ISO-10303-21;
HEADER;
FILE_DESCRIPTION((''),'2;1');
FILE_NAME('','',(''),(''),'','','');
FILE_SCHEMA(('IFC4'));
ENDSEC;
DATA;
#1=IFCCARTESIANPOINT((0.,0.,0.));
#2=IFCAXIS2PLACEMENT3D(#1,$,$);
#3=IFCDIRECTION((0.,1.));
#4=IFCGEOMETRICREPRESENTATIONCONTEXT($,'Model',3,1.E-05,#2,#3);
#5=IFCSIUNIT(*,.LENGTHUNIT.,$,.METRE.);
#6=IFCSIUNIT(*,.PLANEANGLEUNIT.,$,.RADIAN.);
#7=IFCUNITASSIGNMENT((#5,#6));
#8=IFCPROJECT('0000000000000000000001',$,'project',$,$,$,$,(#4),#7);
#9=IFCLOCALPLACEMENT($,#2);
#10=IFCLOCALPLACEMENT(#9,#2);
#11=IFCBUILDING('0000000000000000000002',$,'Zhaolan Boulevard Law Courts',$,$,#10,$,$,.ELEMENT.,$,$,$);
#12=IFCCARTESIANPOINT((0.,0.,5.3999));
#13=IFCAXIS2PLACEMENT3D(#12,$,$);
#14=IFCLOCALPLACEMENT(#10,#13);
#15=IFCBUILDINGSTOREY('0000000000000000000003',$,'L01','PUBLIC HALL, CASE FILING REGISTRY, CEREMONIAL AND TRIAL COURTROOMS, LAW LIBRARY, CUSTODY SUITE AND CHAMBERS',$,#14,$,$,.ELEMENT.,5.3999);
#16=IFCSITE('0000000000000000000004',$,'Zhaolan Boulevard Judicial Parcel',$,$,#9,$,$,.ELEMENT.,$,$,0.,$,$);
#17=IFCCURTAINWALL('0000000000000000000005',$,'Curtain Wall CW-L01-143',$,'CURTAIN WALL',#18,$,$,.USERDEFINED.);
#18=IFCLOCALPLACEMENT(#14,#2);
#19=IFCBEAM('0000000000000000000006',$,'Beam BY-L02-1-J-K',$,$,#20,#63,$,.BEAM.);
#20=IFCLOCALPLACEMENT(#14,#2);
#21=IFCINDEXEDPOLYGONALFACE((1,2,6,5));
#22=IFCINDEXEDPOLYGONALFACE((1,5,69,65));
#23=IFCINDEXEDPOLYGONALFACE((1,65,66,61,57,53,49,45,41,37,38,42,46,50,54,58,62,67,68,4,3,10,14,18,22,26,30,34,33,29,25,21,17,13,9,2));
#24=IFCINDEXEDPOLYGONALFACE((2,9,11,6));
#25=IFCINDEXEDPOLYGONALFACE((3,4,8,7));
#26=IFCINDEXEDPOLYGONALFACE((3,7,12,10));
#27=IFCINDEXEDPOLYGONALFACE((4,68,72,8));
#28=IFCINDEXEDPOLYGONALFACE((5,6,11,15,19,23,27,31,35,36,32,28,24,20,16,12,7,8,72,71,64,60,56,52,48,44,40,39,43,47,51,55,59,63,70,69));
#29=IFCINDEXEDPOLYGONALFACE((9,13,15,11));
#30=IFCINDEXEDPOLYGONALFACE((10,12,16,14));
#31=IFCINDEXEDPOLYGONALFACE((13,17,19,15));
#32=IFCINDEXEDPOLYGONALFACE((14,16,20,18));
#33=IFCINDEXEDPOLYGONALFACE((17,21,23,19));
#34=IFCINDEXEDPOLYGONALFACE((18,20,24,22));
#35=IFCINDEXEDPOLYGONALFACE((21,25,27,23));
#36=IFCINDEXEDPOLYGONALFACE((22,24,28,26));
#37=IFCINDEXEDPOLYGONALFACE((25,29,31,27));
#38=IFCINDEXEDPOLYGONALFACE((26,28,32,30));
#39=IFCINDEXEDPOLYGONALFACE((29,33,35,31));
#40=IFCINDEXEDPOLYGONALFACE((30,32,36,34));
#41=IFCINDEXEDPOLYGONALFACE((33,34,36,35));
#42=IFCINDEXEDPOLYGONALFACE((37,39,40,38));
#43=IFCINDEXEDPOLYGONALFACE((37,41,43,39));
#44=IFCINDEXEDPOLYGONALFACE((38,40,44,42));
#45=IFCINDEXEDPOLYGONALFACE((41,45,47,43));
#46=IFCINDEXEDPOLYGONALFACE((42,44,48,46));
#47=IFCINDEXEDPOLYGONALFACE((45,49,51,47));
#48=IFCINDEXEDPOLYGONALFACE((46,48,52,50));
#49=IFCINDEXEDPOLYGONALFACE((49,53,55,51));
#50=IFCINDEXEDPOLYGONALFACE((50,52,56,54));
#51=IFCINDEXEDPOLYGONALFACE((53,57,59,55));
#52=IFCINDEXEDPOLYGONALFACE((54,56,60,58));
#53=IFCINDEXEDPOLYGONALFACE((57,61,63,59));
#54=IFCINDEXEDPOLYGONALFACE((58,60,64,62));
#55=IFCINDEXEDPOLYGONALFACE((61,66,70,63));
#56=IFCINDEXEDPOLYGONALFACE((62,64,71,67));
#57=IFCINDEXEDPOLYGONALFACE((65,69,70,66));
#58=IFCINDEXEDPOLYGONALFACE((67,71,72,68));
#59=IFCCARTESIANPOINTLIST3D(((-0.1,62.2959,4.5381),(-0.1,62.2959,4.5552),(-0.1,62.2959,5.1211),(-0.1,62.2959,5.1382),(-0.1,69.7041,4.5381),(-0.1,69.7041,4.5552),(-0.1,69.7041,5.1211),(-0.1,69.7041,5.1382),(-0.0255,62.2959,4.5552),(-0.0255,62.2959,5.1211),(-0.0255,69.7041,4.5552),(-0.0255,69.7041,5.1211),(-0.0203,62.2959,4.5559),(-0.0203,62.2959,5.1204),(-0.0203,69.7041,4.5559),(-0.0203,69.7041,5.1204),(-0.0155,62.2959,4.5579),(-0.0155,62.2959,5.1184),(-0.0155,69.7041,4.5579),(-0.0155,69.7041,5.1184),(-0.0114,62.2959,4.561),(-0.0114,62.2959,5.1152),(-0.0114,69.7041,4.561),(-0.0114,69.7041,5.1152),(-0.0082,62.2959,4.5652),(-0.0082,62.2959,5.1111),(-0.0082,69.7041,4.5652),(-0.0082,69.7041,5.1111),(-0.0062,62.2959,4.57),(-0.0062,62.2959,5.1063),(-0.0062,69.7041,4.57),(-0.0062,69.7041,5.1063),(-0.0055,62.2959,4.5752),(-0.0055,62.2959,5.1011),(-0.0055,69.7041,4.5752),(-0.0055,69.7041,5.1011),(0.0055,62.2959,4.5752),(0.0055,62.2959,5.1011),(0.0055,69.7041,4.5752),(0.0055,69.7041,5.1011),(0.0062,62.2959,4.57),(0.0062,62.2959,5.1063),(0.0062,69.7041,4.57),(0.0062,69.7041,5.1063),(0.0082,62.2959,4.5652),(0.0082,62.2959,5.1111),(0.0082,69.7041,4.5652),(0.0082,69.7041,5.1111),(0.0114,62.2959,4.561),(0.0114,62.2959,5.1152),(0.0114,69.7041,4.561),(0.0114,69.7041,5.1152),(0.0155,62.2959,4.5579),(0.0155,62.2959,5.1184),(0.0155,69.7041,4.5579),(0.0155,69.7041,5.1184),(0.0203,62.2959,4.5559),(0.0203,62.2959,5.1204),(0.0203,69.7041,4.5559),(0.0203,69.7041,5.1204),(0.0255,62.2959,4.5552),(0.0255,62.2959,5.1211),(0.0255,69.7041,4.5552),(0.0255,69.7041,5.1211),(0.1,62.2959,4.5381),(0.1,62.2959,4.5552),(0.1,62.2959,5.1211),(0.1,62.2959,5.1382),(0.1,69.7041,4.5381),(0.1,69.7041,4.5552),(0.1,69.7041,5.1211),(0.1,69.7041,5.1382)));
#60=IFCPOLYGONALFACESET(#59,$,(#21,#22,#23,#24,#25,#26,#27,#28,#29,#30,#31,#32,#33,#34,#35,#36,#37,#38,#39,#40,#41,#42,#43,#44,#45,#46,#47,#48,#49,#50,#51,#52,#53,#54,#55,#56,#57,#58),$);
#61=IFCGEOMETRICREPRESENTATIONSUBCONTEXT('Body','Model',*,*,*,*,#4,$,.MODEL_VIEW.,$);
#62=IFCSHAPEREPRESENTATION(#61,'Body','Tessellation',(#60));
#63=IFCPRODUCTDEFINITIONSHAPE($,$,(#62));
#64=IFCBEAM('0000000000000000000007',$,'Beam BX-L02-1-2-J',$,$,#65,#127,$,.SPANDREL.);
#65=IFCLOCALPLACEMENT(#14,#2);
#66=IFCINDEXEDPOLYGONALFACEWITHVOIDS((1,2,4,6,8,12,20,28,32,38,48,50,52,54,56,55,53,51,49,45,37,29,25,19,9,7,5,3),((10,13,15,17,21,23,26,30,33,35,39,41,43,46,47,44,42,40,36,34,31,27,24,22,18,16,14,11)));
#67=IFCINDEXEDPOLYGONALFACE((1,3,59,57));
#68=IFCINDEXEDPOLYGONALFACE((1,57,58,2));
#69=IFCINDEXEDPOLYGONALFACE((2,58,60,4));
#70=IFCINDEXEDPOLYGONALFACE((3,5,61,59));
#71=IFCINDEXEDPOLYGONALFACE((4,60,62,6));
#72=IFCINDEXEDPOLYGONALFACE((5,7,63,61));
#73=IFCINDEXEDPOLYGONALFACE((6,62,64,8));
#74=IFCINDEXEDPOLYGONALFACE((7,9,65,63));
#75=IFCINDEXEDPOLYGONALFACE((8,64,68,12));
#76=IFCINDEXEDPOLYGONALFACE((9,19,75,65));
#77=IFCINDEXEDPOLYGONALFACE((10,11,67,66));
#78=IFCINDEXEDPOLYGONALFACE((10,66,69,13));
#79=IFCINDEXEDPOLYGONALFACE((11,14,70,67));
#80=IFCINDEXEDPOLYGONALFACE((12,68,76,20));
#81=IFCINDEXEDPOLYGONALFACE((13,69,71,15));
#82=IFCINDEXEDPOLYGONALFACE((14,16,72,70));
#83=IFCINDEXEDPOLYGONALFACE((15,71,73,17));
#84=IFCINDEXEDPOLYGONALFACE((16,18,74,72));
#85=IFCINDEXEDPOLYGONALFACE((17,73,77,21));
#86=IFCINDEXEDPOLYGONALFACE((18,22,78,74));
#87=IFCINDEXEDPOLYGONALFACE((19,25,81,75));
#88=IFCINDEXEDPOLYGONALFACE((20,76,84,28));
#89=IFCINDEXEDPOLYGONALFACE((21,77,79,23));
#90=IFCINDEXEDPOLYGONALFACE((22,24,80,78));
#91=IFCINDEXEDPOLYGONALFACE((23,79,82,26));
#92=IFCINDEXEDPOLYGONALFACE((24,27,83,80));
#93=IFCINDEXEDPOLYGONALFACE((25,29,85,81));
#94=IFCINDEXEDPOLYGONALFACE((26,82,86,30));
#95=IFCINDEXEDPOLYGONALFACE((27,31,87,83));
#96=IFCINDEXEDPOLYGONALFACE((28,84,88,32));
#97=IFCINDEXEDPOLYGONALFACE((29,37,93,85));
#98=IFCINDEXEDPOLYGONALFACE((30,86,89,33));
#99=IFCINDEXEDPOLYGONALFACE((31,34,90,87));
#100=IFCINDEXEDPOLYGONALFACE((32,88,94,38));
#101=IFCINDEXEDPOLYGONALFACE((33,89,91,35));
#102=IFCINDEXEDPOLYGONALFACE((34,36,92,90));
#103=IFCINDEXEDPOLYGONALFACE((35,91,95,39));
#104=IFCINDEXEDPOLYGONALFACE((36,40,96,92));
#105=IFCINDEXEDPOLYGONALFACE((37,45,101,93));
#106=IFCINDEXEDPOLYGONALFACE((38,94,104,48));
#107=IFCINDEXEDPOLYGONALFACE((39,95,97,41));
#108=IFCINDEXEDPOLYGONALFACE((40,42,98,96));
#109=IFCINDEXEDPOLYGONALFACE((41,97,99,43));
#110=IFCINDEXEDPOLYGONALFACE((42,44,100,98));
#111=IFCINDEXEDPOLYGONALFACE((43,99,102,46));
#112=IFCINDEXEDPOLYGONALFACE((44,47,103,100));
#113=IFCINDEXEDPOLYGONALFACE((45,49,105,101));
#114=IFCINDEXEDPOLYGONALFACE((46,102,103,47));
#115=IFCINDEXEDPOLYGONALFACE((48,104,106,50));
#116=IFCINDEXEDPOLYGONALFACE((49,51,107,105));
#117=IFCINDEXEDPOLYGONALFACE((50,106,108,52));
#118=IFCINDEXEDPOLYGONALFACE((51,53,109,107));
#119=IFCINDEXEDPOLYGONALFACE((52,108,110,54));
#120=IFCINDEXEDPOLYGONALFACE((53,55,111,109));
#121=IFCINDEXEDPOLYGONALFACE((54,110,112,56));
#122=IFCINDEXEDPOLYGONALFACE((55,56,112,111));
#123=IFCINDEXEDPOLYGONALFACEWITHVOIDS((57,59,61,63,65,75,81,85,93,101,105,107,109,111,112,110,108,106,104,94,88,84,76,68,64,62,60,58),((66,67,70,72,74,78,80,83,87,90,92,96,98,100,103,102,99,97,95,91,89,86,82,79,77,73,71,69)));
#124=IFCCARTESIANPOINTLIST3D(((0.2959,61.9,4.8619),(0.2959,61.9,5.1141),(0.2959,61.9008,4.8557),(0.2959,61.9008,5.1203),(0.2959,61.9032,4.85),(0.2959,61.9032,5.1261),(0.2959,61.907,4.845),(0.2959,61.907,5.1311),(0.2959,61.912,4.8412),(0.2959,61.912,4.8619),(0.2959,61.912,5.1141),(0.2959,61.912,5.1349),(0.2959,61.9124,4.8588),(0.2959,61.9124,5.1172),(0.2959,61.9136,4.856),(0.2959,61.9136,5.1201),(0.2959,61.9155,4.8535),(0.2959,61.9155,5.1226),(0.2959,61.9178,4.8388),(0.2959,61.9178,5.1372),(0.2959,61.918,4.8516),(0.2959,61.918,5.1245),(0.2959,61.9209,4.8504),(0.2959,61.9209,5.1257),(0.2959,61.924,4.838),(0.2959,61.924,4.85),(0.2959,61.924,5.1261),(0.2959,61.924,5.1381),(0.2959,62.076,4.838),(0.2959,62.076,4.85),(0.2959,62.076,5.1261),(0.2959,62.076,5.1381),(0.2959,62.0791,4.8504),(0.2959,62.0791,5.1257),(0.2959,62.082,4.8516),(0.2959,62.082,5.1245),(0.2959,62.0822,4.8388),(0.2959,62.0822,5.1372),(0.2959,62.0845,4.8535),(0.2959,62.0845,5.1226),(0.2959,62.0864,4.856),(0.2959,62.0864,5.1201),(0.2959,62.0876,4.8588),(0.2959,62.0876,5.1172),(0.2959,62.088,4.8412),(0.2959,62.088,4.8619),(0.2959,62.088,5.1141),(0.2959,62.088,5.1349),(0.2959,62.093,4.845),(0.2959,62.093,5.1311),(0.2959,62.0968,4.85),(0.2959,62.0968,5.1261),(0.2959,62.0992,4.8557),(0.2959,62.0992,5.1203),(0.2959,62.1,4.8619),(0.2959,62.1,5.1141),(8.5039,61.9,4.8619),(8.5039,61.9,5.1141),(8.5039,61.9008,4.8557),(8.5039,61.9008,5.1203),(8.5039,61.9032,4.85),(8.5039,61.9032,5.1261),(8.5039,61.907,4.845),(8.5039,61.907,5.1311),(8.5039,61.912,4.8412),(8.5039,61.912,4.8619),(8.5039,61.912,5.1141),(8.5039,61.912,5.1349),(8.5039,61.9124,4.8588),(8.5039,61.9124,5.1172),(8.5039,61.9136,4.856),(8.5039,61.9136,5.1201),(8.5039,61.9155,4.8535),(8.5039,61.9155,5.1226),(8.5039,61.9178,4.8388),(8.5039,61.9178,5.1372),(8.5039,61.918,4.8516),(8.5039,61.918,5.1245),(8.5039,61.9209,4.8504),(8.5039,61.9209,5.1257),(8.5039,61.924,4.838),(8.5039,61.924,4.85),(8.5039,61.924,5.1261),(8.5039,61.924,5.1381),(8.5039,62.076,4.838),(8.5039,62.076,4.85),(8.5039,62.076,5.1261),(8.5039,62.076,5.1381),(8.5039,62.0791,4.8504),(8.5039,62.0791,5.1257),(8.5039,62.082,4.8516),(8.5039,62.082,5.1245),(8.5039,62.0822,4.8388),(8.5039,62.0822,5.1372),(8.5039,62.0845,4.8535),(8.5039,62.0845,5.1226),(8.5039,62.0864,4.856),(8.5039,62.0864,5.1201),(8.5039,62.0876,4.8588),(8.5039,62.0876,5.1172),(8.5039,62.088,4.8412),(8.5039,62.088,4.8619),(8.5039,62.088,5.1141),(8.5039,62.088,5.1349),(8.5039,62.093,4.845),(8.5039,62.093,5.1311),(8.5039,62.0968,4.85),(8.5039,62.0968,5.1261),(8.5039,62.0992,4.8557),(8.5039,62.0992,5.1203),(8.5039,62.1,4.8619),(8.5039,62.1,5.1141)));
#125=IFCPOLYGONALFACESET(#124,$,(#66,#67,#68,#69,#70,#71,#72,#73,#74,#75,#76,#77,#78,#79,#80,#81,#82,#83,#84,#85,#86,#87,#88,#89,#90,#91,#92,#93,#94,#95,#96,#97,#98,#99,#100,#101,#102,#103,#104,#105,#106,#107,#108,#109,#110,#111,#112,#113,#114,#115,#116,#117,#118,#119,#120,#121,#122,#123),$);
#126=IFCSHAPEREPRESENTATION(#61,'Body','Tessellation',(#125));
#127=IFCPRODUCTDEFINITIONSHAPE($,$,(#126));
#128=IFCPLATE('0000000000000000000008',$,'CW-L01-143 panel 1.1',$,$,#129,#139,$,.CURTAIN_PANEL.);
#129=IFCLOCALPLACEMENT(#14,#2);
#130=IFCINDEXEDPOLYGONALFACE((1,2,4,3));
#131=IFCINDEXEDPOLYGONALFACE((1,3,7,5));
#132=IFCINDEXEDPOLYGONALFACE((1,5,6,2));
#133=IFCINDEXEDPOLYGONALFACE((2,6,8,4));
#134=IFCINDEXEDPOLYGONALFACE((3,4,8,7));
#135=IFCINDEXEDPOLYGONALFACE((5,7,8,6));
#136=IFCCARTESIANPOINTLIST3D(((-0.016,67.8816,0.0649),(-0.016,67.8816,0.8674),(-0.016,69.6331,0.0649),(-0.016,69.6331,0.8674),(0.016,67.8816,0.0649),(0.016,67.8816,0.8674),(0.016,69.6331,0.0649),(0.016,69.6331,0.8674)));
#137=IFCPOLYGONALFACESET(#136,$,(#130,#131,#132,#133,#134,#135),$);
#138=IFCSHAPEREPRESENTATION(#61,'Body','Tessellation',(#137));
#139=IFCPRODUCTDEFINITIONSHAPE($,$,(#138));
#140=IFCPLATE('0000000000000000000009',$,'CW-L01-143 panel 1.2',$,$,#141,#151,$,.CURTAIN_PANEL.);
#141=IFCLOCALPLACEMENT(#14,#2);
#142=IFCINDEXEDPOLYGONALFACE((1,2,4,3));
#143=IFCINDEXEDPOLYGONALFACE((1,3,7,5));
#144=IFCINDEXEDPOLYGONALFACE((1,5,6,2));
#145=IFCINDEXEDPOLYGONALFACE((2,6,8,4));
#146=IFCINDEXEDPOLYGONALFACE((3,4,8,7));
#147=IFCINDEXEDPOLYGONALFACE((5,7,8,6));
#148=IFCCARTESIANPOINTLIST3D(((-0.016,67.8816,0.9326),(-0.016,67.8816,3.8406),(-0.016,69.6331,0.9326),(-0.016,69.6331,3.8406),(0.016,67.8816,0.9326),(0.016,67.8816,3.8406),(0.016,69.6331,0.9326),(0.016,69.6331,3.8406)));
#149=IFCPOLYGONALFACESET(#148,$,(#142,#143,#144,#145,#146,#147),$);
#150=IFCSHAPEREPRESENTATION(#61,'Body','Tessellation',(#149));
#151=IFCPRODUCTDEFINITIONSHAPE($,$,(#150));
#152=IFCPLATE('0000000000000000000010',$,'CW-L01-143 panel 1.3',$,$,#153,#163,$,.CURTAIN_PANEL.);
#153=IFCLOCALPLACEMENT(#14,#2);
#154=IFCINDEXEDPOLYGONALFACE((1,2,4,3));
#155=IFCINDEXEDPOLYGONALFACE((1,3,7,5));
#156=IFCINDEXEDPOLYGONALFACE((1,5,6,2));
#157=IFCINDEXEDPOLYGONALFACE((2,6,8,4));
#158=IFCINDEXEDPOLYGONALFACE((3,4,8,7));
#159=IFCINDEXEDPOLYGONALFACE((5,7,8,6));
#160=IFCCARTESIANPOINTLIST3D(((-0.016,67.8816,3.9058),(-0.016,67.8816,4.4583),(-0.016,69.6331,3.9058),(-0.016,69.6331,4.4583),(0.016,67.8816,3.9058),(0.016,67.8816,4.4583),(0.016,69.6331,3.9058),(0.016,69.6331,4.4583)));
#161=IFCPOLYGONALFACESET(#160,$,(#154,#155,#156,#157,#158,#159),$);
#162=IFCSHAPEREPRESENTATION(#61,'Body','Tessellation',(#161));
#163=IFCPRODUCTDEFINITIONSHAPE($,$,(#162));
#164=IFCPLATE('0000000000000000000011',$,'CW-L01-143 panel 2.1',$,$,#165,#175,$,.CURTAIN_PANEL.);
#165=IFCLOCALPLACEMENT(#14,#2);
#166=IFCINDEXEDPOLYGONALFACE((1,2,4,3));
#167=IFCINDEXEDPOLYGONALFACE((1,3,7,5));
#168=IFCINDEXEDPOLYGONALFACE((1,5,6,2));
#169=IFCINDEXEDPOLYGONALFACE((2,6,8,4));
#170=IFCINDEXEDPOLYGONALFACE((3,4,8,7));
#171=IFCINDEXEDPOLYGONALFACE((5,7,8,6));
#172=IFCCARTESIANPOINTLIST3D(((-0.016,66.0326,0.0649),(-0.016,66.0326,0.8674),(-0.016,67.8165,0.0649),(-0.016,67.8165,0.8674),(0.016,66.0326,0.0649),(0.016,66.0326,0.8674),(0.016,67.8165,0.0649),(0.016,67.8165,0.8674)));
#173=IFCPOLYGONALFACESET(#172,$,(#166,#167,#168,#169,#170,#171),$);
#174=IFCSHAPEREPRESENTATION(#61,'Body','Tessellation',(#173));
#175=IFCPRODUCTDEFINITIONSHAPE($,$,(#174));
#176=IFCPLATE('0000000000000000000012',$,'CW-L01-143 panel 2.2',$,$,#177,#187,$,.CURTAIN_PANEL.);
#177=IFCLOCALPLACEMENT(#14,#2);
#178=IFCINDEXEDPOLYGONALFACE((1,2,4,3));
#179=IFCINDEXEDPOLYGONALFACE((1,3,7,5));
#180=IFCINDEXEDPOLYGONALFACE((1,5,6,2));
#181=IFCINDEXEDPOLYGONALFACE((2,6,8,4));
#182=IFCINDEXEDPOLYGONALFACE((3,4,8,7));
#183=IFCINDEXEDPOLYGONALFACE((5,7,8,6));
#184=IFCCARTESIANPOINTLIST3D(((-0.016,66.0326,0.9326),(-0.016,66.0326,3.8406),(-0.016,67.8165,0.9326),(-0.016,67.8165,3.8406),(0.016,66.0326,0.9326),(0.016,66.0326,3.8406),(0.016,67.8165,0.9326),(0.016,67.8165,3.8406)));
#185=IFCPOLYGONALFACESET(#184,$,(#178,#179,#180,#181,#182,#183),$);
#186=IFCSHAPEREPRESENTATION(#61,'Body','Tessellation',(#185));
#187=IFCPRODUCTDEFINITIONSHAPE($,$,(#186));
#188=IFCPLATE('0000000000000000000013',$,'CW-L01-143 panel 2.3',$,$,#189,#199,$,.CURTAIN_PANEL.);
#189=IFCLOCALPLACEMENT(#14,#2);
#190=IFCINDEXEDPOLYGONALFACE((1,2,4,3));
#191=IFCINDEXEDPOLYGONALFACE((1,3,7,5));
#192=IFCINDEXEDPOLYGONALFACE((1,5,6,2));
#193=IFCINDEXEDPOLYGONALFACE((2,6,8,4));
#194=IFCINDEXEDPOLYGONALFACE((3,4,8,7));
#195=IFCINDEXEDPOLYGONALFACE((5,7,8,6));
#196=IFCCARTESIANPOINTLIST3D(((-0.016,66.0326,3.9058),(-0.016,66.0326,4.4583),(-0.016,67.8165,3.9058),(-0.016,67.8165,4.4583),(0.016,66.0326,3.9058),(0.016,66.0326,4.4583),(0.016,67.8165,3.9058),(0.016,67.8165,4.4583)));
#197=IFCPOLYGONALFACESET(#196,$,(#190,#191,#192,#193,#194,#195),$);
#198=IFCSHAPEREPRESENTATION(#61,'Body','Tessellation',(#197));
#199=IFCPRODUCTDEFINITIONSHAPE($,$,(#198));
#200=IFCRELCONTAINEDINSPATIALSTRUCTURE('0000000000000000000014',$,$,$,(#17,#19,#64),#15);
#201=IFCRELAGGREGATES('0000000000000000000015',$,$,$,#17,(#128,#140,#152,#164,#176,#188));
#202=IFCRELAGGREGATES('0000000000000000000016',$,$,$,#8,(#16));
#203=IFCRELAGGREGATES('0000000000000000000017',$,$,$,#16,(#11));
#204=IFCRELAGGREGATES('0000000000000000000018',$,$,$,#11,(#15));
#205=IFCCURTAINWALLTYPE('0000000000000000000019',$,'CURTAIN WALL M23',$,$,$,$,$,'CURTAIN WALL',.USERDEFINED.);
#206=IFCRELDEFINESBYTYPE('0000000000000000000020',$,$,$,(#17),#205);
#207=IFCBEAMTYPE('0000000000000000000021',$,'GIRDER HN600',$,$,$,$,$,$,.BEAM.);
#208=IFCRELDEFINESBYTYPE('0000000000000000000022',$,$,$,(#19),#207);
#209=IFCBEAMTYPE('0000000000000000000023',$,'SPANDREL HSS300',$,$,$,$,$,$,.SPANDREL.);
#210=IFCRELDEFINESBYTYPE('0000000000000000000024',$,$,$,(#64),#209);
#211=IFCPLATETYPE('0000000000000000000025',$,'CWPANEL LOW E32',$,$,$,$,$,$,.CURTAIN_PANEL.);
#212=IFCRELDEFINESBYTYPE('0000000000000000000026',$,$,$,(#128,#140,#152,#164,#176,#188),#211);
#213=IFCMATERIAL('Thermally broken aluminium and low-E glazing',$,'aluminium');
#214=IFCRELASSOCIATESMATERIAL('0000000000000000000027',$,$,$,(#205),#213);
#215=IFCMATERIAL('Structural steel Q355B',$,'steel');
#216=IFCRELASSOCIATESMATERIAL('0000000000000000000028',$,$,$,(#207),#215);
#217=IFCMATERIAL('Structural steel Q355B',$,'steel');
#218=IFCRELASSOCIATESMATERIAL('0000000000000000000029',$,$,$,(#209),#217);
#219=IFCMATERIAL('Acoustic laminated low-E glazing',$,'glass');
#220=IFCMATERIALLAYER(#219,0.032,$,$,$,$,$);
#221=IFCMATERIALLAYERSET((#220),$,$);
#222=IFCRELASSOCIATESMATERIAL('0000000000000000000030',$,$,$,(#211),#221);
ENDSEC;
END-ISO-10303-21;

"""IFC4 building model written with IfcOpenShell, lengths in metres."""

from ifc_helpers import new_model, si_unit, direction, frame, origin, origin_2d, place, context, subcontext, project, spatial, rectangle, hollow_rectangle, i_section, extrude, material, layer, layer_set, material_profile, profile_set, type_object, element, aggregate, save


model = new_model("IFC4")

# Units and contexts
model_context = context("Model", 3, precision=1e-05, world=origin(), true_north=direction((0.0, 1.0)))
body_context = subcontext(model_context, "Body", "Model", "MODEL_VIEW")
ifc_project = project(units=[si_unit("LENGTHUNIT", "METRE"), si_unit("PLANEANGLEUNIT", "RADIAN")], contexts=[model_context])

# Site, building, storey
site_placement = place(None, origin())
site = spatial("IfcSite", under=ifc_project, at=site_placement, Name="Zhaolan Boulevard Judicial Parcel", CompositionType="ELEMENT", RefElevation=0.0)
building_placement = place(site_placement, origin())
building = spatial("IfcBuilding", under=site, at=building_placement, Name="Zhaolan Boulevard Law Courts", CompositionType="ELEMENT")
storey_placement = place(building_placement, frame((0.0, 0.0, 5.3999)))
storey = spatial("IfcBuildingStorey", under=building, at=storey_placement, Name="L01", Description="PUBLIC HALL, CASE FILING REGISTRY, CEREMONIAL AND TRIAL COURTROOMS, LAW LIBRARY, CUSTODY SUITE AND CHAMBERS", CompositionType="ELEMENT", Elevation=5.3999)

# Curtain wall
ifc_material_1 = material(Name="Thermally broken aluminium and low-E glazing", Category="aluminium")
curtain_wall_type = type_object("IfcCurtainWallType", Name="CURTAIN WALL M23", ElementType="CURTAIN WALL", PredefinedType="USERDEFINED", material=ifc_material_1)
curtain_wall_placement = place(storey_placement, origin())
curtain_wall = element("IfcCurtainWall", 1, at=curtain_wall_placement, inside=storey, type_object=curtain_wall_type, Name="Curtain Wall CW-L01-143", ObjectType="CURTAIN WALL", PredefinedType="USERDEFINED")

# Beams
ifc_material_2 = material(Name="Structural steel Q355B", Category="steel")
ifc_material_profile_1 = material_profile(ifc_material_2, i_section(OverallWidth=0.2, OverallDepth=0.6001, WebThickness=0.011, FlangeThickness=0.0171, FilletRadius=0.02, at=origin_2d()), Name="HN600x200")
ifc_profile_set_1 = profile_set([ifc_material_profile_1], Name="Structural steel Q355B")
beam_type_1 = type_object("IfcBeamType", Name="GIRDER HN600", PredefinedType="BEAM", material=ifc_profile_set_1)
beam_1_placement = place(storey_placement, frame((0.0, 62.2959, 4.8381), z_axis=(0.0, 1.0, 0.0), x_axis=(-1.0, 0.0, 0.0)))
element("IfcBeam", 2, at=beam_1_placement, inside=storey, type_object=beam_type_1, Name="Beam BY-L02-1-J-K", PredefinedType="BEAM", context=body_context, shape_type="SweptSolid", body=[
    extrude(i_section(OverallWidth=0.2, OverallDepth=0.6001, WebThickness=0.011, FlangeThickness=0.0171, FilletRadius=0.02, at=origin_2d()), origin(), (0.0, 0.0, 1.0), 7.4082),
])
ifc_material_3 = material(Name="Structural steel Q355B", Category="steel")
ifc_material_profile_2 = material_profile(ifc_material_3, hollow_rectangle(XDim=0.2, YDim=0.3, WallThickness=0.012, InnerFilletRadius=0.012, OuterFilletRadius=0.0239, at=origin_2d()), Name="HSS300x200x12")
ifc_profile_set_2 = profile_set([ifc_material_profile_2], Name="Structural steel Q355B")
beam_type_2 = type_object("IfcBeamType", Name="SPANDREL HSS300", PredefinedType="SPANDREL", material=ifc_profile_set_2)
beam_2_placement = place(storey_placement, frame((0.2959, 62.0, 4.988), z_axis=(1.0, 0.0, 0.0), x_axis=(0.0, 1.0, 0.0)))
element("IfcBeam", 3, at=beam_2_placement, inside=storey, type_object=beam_type_2, Name="Beam BX-L02-1-2-J", PredefinedType="SPANDREL", context=body_context, shape_type="SweptSolid", body=[
    extrude(hollow_rectangle(XDim=0.2, YDim=0.3, WallThickness=0.012, InnerFilletRadius=0.012, OuterFilletRadius=0.0239, at=origin_2d()), origin(), (0.0, 0.0, 1.0), 8.208),
])

# Plates
ifc_material_4 = material(Name="Acoustic laminated low-E glazing", Category="glass")
ifc_layer_1 = layer(ifc_material_4, 0.032)
ifc_layer_set_1 = layer_set([ifc_layer_1])
plate_type_1 = type_object("IfcPlateType", Name="CWPANEL LOW E32", PredefinedType="CURTAIN_PANEL", material=ifc_layer_set_1)
plate_1_placement = place(storey_placement, frame((0.0, 68.7573, 0.0649), z_axis=(0.0, 0.0, 1.0), x_axis=(0.0, -1.0, 0.0)))
plate_1 = element("IfcPlate", 4, at=plate_1_placement, type_object=plate_type_1, Name="CW-L01-143 panel 1.1", PredefinedType="CURTAIN_PANEL", context=body_context, shape_type="SweptSolid", body=[
    extrude(rectangle(XDim=1.7515, YDim=0.032, at=origin_2d()), origin(), (0.0, 0.0, 1.0), 0.8025),
])
plate_2_placement = place(storey_placement, frame((0.0, 68.7573, 0.9326), z_axis=(0.0, 0.0, 1.0), x_axis=(0.0, -1.0, 0.0)))
plate_2 = element("IfcPlate", 5, at=plate_2_placement, type_object=plate_type_1, Name="CW-L01-143 panel 1.2", PredefinedType="CURTAIN_PANEL", context=body_context, shape_type="SweptSolid", body=[
    extrude(rectangle(XDim=1.7515, YDim=0.032, at=origin_2d()), origin(), (0.0, 0.0, 1.0), 2.908),
])
plate_3_placement = place(storey_placement, frame((0.0, 68.7573, 3.9058), z_axis=(0.0, 0.0, 1.0), x_axis=(0.0, -1.0, 0.0)))
plate_3 = element("IfcPlate", 6, at=plate_3_placement, type_object=plate_type_1, Name="CW-L01-143 panel 1.3", PredefinedType="CURTAIN_PANEL", context=body_context, shape_type="SweptSolid", body=[
    extrude(rectangle(XDim=1.7515, YDim=0.032, at=origin_2d()), origin(), (0.0, 0.0, 1.0), 0.5525),
])
plate_4_placement = place(storey_placement, frame((0.0, 66.9246, 0.0649), z_axis=(0.0, 0.0, 1.0), x_axis=(0.0, -1.0, 0.0)))
plate_4 = element("IfcPlate", 7, at=plate_4_placement, type_object=plate_type_1, Name="CW-L01-143 panel 2.1", PredefinedType="CURTAIN_PANEL", context=body_context, shape_type="SweptSolid", body=[
    extrude(rectangle(XDim=1.7839, YDim=0.032, at=origin_2d()), origin(), (0.0, 0.0, 1.0), 0.8025),
])
plate_5_placement = place(storey_placement, frame((0.0, 66.9246, 0.9326), z_axis=(0.0, 0.0, 1.0), x_axis=(0.0, -1.0, 0.0)))
plate_5 = element("IfcPlate", 8, at=plate_5_placement, type_object=plate_type_1, Name="CW-L01-143 panel 2.2", PredefinedType="CURTAIN_PANEL", context=body_context, shape_type="SweptSolid", body=[
    extrude(rectangle(XDim=1.7839, YDim=0.032, at=origin_2d()), origin(), (0.0, 0.0, 1.0), 2.908),
])
plate_6_placement = place(storey_placement, frame((0.0, 66.9246, 3.9058), z_axis=(0.0, 0.0, 1.0), x_axis=(0.0, -1.0, 0.0)))
plate_6 = element("IfcPlate", 9, at=plate_6_placement, type_object=plate_type_1, Name="CW-L01-143 panel 2.3", PredefinedType="CURTAIN_PANEL", context=body_context, shape_type="SweptSolid", body=[
    extrude(rectangle(XDim=1.7839, YDim=0.032, at=origin_2d()), origin(), (0.0, 0.0, 1.0), 0.5525),
])
aggregate(curtain_wall, [plate_1, plate_2, plate_3, plate_4, plate_5, plate_6])

save(model, "model.ifc")
